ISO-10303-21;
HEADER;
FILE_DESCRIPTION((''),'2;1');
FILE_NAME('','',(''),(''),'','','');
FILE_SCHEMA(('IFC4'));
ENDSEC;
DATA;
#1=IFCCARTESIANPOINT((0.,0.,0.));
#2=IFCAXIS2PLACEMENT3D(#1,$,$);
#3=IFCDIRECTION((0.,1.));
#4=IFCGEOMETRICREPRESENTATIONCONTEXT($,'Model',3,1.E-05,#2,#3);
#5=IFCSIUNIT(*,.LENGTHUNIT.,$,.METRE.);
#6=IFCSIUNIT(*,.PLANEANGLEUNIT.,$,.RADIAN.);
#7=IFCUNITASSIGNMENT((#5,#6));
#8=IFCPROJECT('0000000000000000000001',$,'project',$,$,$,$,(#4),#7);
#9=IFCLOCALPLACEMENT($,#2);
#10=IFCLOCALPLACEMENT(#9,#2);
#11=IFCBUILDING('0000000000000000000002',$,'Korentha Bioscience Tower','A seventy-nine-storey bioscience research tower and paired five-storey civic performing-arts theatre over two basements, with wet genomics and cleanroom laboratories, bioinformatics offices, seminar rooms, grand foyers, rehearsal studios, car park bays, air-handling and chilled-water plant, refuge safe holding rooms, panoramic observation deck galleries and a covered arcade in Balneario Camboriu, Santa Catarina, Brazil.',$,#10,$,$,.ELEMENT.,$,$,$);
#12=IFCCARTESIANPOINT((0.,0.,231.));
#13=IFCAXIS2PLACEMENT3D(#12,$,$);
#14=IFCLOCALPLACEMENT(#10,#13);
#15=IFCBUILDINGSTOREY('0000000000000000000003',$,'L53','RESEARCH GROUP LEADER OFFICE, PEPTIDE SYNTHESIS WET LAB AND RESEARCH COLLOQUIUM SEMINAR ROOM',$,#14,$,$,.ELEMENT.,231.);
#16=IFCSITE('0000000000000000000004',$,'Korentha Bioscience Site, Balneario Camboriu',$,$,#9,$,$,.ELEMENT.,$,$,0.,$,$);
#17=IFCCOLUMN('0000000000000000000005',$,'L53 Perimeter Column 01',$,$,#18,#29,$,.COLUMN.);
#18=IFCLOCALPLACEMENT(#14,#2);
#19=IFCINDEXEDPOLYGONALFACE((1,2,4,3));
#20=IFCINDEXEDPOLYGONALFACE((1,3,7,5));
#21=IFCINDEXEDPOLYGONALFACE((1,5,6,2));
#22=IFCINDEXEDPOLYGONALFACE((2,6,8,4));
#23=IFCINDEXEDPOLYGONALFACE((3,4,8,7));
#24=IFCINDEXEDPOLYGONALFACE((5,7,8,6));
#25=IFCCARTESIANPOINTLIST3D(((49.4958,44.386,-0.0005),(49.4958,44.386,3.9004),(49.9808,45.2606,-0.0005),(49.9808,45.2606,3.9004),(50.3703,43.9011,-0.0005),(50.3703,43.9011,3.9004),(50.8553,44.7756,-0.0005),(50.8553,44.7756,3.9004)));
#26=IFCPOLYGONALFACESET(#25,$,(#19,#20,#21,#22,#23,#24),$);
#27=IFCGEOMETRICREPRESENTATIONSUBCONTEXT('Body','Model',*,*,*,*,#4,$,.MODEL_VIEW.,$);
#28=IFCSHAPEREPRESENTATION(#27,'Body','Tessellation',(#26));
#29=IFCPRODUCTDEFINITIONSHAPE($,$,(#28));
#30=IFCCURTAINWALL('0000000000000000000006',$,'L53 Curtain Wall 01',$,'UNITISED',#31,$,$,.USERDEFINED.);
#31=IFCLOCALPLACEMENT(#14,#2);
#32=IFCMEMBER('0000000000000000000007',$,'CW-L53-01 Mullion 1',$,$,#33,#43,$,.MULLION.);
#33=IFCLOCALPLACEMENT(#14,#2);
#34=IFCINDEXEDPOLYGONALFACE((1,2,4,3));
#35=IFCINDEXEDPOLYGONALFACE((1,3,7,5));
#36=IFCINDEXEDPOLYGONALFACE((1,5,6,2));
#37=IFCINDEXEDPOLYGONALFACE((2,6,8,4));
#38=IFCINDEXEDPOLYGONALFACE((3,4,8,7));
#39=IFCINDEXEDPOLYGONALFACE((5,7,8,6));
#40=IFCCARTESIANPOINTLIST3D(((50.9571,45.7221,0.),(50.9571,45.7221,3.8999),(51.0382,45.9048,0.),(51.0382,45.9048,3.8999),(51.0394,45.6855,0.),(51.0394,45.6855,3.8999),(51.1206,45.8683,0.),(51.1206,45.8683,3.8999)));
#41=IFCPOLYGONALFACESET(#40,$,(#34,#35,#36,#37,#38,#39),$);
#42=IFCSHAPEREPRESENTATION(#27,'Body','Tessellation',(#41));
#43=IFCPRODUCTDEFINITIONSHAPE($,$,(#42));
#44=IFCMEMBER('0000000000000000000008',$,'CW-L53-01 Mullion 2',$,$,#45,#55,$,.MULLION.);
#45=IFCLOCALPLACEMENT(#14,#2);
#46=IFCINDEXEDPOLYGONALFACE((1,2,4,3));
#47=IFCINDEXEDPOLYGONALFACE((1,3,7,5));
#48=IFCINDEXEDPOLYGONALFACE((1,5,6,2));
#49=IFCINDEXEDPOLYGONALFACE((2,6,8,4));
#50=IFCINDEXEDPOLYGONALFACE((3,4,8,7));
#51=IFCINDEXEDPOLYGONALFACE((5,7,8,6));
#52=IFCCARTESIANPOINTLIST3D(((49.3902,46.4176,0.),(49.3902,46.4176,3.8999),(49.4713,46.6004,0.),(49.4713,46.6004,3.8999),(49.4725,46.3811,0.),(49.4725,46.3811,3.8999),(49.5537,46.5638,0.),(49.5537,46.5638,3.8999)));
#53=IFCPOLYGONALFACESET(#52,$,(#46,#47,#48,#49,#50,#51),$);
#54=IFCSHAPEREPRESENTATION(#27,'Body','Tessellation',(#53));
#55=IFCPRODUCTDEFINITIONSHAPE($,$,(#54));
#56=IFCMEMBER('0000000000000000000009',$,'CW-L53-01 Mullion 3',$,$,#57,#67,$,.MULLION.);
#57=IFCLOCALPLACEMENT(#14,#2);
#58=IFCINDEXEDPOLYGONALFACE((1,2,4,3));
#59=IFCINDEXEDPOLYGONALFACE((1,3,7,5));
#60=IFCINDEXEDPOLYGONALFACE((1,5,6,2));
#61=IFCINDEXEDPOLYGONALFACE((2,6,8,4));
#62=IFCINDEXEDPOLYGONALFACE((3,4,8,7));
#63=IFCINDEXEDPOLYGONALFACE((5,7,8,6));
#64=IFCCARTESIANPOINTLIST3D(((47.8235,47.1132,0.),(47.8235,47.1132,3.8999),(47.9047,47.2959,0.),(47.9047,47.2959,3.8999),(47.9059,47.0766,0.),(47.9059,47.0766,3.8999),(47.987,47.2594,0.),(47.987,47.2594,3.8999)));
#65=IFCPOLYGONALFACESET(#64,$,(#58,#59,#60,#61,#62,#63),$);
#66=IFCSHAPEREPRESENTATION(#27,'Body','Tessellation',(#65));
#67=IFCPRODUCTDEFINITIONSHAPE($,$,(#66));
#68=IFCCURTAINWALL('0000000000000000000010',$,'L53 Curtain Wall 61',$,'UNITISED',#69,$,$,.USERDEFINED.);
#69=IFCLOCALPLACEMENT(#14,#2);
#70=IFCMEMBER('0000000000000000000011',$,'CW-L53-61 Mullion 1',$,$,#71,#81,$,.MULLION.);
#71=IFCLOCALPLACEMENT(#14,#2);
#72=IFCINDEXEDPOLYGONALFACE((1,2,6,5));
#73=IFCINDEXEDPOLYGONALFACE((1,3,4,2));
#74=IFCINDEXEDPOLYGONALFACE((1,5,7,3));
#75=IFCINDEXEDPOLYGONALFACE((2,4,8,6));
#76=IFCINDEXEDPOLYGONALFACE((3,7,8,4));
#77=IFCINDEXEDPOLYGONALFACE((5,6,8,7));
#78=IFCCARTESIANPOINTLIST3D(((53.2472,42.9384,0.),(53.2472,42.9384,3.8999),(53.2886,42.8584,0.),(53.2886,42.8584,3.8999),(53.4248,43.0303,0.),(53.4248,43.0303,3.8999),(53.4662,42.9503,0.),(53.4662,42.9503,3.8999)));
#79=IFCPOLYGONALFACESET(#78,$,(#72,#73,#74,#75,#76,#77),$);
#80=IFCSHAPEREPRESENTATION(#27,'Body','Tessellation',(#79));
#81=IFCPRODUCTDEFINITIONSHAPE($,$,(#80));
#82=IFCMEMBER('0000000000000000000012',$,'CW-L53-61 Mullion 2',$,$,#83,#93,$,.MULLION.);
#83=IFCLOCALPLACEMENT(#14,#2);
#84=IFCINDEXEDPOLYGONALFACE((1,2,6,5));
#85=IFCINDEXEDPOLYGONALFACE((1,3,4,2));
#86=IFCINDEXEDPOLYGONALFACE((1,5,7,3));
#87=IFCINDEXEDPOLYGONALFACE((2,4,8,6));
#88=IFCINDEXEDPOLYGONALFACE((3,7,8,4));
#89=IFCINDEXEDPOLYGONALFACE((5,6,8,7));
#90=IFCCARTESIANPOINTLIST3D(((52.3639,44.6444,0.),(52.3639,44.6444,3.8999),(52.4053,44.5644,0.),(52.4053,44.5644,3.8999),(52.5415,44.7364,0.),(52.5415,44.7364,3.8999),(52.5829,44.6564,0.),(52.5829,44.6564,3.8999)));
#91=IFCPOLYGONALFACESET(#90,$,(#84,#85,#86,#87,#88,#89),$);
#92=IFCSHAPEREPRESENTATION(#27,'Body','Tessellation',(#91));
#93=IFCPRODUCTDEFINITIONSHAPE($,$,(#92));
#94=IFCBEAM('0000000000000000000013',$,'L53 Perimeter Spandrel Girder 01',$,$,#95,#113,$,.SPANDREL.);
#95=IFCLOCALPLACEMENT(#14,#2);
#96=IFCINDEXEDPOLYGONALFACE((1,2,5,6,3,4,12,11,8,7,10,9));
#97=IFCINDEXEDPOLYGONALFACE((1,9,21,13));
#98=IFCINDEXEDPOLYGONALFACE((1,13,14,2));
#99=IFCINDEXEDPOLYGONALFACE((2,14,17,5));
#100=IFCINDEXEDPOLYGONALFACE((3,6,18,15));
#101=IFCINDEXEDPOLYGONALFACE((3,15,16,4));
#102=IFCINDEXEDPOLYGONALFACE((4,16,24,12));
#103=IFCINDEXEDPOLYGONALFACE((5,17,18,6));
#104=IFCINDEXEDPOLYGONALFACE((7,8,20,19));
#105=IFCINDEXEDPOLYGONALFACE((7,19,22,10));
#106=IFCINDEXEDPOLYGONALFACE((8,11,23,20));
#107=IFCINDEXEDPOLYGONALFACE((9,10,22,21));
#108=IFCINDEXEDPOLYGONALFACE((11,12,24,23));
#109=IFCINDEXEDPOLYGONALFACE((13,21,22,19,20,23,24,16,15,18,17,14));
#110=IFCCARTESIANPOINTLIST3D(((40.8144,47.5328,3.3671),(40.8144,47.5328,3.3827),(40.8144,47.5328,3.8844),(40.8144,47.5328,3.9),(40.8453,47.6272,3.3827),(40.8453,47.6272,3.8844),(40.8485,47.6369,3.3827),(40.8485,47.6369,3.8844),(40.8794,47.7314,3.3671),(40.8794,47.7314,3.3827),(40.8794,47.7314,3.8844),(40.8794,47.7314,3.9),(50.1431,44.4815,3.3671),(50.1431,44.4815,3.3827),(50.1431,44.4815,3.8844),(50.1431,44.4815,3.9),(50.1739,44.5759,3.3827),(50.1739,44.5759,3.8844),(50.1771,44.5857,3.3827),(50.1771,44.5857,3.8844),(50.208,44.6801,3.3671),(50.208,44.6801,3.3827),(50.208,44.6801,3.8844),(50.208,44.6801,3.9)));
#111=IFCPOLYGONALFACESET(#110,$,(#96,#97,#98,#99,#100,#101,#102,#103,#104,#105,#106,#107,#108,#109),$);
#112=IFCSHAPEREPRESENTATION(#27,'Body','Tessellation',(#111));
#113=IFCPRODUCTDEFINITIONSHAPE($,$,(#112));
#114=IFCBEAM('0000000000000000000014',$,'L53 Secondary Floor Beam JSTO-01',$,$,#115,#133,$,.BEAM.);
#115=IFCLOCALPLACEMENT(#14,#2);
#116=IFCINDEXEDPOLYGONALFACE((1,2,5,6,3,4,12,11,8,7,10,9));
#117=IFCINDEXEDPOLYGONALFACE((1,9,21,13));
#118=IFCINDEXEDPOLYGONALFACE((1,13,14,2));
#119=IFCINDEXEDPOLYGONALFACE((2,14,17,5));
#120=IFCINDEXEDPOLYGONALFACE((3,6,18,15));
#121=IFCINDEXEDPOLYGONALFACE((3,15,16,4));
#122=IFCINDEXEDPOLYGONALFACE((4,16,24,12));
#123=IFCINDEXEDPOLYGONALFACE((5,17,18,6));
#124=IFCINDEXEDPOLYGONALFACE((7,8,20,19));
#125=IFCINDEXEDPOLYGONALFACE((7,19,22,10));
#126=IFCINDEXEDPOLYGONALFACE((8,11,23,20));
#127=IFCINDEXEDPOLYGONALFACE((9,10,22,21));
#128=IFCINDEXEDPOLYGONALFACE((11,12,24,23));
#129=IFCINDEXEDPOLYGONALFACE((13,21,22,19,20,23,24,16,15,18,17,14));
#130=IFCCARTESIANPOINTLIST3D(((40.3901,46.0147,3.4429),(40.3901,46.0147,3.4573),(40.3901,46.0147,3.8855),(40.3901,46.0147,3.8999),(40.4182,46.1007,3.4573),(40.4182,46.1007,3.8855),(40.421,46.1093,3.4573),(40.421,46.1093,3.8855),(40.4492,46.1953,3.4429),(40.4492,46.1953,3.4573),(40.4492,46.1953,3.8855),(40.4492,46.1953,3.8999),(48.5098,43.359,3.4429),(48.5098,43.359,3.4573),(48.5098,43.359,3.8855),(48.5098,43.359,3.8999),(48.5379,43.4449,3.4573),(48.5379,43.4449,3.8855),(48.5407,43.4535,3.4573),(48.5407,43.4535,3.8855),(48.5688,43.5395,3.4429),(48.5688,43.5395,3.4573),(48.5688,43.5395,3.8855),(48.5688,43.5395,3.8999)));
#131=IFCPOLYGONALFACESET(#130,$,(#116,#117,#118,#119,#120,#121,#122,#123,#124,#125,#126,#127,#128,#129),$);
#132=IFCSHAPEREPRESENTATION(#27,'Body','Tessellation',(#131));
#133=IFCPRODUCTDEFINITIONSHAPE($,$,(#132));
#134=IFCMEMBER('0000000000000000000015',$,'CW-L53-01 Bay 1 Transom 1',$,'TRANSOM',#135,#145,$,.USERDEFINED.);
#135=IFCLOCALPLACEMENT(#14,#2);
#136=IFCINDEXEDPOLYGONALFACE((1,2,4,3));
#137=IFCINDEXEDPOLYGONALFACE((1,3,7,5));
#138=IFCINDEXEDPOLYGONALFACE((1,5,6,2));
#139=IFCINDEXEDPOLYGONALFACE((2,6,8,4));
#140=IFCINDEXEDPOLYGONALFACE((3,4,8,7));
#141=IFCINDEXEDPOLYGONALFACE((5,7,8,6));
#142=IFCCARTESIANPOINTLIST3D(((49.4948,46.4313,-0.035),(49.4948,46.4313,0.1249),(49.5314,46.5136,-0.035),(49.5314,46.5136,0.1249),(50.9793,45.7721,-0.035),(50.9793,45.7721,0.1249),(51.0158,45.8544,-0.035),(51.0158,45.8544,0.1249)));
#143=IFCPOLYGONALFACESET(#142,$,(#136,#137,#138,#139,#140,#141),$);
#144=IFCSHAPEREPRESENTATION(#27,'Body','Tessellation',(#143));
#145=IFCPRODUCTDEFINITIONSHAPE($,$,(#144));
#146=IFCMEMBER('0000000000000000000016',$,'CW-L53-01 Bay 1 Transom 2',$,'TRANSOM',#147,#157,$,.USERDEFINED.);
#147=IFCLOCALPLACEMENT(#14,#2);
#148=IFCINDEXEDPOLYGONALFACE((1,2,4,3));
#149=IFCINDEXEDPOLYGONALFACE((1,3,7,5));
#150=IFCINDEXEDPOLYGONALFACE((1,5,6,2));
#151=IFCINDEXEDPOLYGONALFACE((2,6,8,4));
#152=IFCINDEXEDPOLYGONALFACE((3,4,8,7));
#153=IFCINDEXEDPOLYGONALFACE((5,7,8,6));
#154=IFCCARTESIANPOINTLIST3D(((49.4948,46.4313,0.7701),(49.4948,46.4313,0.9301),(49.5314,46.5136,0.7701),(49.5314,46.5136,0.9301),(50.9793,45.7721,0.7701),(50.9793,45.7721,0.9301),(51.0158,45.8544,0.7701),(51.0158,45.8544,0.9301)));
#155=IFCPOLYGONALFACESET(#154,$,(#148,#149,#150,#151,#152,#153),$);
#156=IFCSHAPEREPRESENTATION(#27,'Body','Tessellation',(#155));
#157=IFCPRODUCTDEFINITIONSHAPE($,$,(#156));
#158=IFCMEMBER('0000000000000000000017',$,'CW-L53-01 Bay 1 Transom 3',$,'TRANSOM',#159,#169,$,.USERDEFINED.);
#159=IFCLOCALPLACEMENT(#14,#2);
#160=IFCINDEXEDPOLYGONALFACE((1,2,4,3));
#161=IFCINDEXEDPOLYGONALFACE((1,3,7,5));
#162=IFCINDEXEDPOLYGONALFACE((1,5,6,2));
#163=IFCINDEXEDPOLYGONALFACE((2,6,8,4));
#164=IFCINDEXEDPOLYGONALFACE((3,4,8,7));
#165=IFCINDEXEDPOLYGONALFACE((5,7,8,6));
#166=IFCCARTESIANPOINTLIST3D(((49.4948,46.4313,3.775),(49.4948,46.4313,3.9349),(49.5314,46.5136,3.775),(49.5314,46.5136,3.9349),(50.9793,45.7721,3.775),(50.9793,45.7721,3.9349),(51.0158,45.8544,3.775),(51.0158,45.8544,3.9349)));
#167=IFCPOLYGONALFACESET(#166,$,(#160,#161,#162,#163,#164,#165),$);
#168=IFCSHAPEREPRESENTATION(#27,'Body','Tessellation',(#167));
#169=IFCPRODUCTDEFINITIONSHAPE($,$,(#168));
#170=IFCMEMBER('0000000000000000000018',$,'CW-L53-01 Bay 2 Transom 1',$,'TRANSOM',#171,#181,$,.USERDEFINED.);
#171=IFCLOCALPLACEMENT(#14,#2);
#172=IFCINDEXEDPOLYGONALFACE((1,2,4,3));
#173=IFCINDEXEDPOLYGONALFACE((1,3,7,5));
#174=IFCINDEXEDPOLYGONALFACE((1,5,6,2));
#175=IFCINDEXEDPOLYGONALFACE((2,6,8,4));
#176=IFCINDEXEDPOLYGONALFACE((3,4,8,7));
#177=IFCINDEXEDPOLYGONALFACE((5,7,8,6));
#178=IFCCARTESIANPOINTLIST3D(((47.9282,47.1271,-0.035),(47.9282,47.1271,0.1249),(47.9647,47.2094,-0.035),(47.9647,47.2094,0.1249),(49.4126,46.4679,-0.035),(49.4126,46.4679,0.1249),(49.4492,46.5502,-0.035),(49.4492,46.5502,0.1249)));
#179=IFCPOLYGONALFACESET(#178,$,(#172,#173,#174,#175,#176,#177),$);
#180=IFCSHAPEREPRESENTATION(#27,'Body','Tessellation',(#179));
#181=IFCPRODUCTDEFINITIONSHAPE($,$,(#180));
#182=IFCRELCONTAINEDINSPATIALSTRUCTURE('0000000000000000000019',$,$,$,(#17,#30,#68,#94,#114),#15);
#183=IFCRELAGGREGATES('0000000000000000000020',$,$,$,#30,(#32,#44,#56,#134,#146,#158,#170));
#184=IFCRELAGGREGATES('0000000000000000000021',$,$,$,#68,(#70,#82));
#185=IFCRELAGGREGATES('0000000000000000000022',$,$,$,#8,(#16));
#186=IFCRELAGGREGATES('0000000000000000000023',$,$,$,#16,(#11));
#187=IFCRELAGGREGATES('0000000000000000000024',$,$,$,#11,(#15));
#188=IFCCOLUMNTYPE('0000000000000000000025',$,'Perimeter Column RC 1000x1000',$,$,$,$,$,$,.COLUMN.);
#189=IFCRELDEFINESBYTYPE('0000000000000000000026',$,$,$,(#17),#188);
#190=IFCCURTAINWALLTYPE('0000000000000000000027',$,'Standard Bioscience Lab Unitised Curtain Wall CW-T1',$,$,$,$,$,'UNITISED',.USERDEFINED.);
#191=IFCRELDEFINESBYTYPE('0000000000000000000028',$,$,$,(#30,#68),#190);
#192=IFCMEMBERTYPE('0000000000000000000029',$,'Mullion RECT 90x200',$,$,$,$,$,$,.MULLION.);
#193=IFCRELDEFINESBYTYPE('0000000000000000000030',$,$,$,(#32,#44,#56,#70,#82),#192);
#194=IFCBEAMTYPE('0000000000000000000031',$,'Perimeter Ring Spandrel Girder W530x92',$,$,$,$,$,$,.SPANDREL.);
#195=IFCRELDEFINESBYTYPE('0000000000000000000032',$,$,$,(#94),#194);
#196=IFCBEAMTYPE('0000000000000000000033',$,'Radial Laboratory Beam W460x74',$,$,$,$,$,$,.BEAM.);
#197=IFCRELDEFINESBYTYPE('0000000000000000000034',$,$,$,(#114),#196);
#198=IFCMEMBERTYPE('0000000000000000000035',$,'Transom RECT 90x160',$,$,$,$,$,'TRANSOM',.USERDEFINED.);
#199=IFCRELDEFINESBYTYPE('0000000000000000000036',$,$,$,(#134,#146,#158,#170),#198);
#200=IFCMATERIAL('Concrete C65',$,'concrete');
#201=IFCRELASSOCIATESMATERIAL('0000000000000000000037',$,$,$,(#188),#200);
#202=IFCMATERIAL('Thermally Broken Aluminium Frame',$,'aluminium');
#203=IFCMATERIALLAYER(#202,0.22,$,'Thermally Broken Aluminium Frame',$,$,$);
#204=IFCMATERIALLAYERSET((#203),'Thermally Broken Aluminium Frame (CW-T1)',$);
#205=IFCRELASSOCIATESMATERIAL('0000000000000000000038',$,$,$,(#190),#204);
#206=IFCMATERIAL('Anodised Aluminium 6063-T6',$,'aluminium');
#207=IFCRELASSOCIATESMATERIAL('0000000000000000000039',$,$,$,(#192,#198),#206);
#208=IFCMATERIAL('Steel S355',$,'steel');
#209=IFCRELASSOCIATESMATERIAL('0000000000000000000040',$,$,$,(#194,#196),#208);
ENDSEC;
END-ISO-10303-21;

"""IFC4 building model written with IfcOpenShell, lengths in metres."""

from ifc_helpers import new_model, si_unit, direction, frame, origin, origin_2d, place, context, subcontext, project, spatial, rectangle, i_section, extrude, material, layer, layer_set, material_profile, profile_set, type_object, element, aggregate, save


model = new_model("IFC4")

# Units and contexts
model_context = context("Model", 3, precision=1e-05, world=origin(), true_north=direction((0.0, 1.0)))
body_context = subcontext(model_context, "Body", "Model", "MODEL_VIEW")
ifc_project = project(units=[si_unit("LENGTHUNIT", "METRE"), si_unit("PLANEANGLEUNIT", "RADIAN")], contexts=[model_context])

# Site, building, storey
site_placement = place(None, origin())
site = spatial("IfcSite", under=ifc_project, at=site_placement, Name="Korentha Bioscience Site, Balneario Camboriu", CompositionType="ELEMENT", RefElevation=0.0)
building_placement = place(site_placement, origin())
building = spatial("IfcBuilding", under=site, at=building_placement, Name="Korentha Bioscience Tower", Description="A seventy-nine-storey bioscience research tower and paired five-storey civic performing-arts theatre over two basements, with wet genomics and cleanroom laboratories, bioinformatics offices, seminar rooms, grand foyers, rehearsal studios, car park bays, air-handling and chilled-water plant, refuge safe holding rooms, panoramic observation deck galleries and a covered arcade in Balneario Camboriu, Santa Catarina, Brazil.", CompositionType="ELEMENT")
storey_placement = place(building_placement, frame((0.0, 0.0, 231.0)))
storey = spatial("IfcBuildingStorey", under=building, at=storey_placement, Name="L53", Description="RESEARCH GROUP LEADER OFFICE, PEPTIDE SYNTHESIS WET LAB AND RESEARCH COLLOQUIUM SEMINAR ROOM", CompositionType="ELEMENT", Elevation=231.0)

# Column
ifc_material_1 = material(Name="Concrete C65", Category="concrete")
ifc_material_profile_1 = material_profile(ifc_material_1, rectangle(XDim=1.0, YDim=1.0, at=origin_2d()), Name="Concrete C65")
ifc_profile_set_1 = profile_set([ifc_material_profile_1], Name="Concrete C65 (COL-P10)")
column_type = type_object("IfcColumnType", Name="Perimeter Column RC 1000x1000", PredefinedType="COLUMN", material=ifc_profile_set_1)
column_placement = place(storey_placement, frame((50.1755, 44.5808, -0.0005), z_axis=(0.0, 0.0, 1.0), x_axis=(-0.874535, 0.484962, 0.0)))
element("IfcColumn", 1, at=column_placement, inside=storey, type_object=column_type, Name="L53 Perimeter Column 01", PredefinedType="COLUMN", context=body_context, shape_type="SweptSolid", body=[
    extrude(rectangle(XDim=1.0, YDim=1.0, at=origin_2d()), origin(), (0.0, 0.0, 1.0), 3.9009),
])

# Curtain walls, members
ifc_material_2 = material(Name="Thermally Broken Aluminium Frame", Category="aluminium")
ifc_layer_1 = layer(ifc_material_2, 0.22, Name="Thermally Broken Aluminium Frame")
ifc_layer_set_1 = layer_set([ifc_layer_1], Name="Thermally Broken Aluminium Frame (CW-T1)")
curtain_wall_type = type_object("IfcCurtainWallType", Name="Standard Bioscience Lab Unitised Curtain Wall CW-T1", ElementType="UNITISED", PredefinedType="USERDEFINED", material=ifc_layer_set_1)
curtain_wall_1_placement = place(storey_placement, origin())
curtain_wall_1 = element("IfcCurtainWall", 2, at=curtain_wall_1_placement, inside=storey, type_object=curtain_wall_type, Name="L53 Curtain Wall 01", ObjectType="UNITISED", PredefinedType="USERDEFINED")
ifc_material_3 = material(Name="Anodised Aluminium 6063-T6", Category="aluminium")
ifc_material_profile_2 = material_profile(ifc_material_3, rectangle(XDim=0.0901, YDim=0.2, at=origin_2d()), Name="Anodised Aluminium 6063-T6")
ifc_profile_set_2 = profile_set([ifc_material_profile_2], Name="Anodised Aluminium 6063-T6 (CW-MUL)")
member_type_1 = type_object("IfcMemberType", Name="Mullion RECT 90x200", PredefinedType="MULLION", material=ifc_profile_set_2)
member_1_placement = place(storey_placement, frame((51.0388, 45.7952, 0.0), z_axis=(0.0, 0.0, 1.0), x_axis=(-0.913944, 0.40584, 0.0)))
member_1 = element("IfcMember", 3, at=member_1_placement, type_object=member_type_1, Name="CW-L53-01 Mullion 1", PredefinedType="MULLION", context=body_context, shape_type="SweptSolid", body=[
    extrude(rectangle(XDim=0.0901, YDim=0.2, at=origin_2d()), origin(), (0.0, 0.0, 1.0), 3.8999),
])
member_2_placement = place(storey_placement, frame((49.4719, 46.4907, 0.0), z_axis=(0.0, 0.0, 1.0), x_axis=(-0.913944, 0.40584, 0.0)))
member_2 = element("IfcMember", 4, at=member_2_placement, type_object=member_type_1, Name="CW-L53-01 Mullion 2", PredefinedType="MULLION", context=body_context, shape_type="SweptSolid", body=[
    extrude(rectangle(XDim=0.0901, YDim=0.2, at=origin_2d()), origin(), (0.0, 0.0, 1.0), 3.8999),
])
member_3_placement = place(storey_placement, frame((47.9053, 47.1863, 0.0), z_axis=(0.0, 0.0, 1.0), x_axis=(-0.913944, 0.40584, 0.0)))
member_3 = element("IfcMember", 5, at=member_3_placement, type_object=member_type_1, Name="CW-L53-01 Mullion 3", PredefinedType="MULLION", context=body_context, shape_type="SweptSolid", body=[
    extrude(rectangle(XDim=0.0901, YDim=0.2, at=origin_2d()), origin(), (0.0, 0.0, 1.0), 3.8999),
])
curtain_wall_2_placement = place(storey_placement, origin())
curtain_wall_2 = element("IfcCurtainWall", 6, at=curtain_wall_2_placement, inside=storey, type_object=curtain_wall_type, Name="L53 Curtain Wall 61", ObjectType="UNITISED", PredefinedType="USERDEFINED")
member_4_placement = place(storey_placement, frame((53.3567, 42.9443, 0.0), z_axis=(0.0, 0.0, 1.0), x_axis=(-0.459738, 0.888055, 0.0)))
member_4 = element("IfcMember", 7, at=member_4_placement, type_object=member_type_1, Name="CW-L53-61 Mullion 1", PredefinedType="MULLION", context=body_context, shape_type="SweptSolid", body=[
    extrude(rectangle(XDim=0.0901, YDim=0.2, at=origin_2d()), origin(), (0.0, 0.0, 1.0), 3.8999),
])
member_5_placement = place(storey_placement, frame((52.4734, 44.6504, 0.0), z_axis=(0.0, 0.0, 1.0), x_axis=(-0.459738, 0.888055, 0.0)))
member_5 = element("IfcMember", 8, at=member_5_placement, type_object=member_type_1, Name="CW-L53-61 Mullion 2", PredefinedType="MULLION", context=body_context, shape_type="SweptSolid", body=[
    extrude(rectangle(XDim=0.0901, YDim=0.2, at=origin_2d()), origin(), (0.0, 0.0, 1.0), 3.8999),
])

# Beams
ifc_material_4 = material(Name="Steel S355", Category="steel")
ifc_material_profile_3 = material_profile(ifc_material_4, i_section(OverallWidth=0.209, OverallDepth=0.533, WebThickness=0.0103, FlangeThickness=0.0156, at=origin_2d()), Name="Steel S355")
ifc_profile_set_3 = profile_set([ifc_material_profile_3], Name="Steel S355 (SB-530)")
beam_type_1 = type_object("IfcBeamType", Name="Perimeter Ring Spandrel Girder W530x92", PredefinedType="SPANDREL", material=ifc_profile_set_3)
beam_1_placement = place(storey_placement, frame((50.1755, 44.5808, 3.6335), z_axis=(-0.950449, 0.31088, 0.0), x_axis=(-0.31088, -0.950449, 0.0)))
element("IfcBeam", 9, at=beam_1_placement, inside=storey, type_object=beam_type_1, Name="L53 Perimeter Spandrel Girder 01", PredefinedType="SPANDREL", context=body_context, shape_type="SweptSolid", body=[
    extrude(i_section(OverallWidth=0.209, OverallDepth=0.533, WebThickness=0.0103, FlangeThickness=0.0156, at=origin_2d()), origin(), (0.0, 0.0, 1.0), 9.8149),
])
ifc_material_profile_4 = material_profile(ifc_material_4, i_section(OverallWidth=0.1899, OverallDepth=0.457, WebThickness=0.009, FlangeThickness=0.0144, at=origin_2d()), Name="Steel S355")
ifc_profile_set_4 = profile_set([ifc_material_profile_4], Name="Steel S355 (RB-460)")
beam_type_2 = type_object("IfcBeamType", Name="Radial Laboratory Beam W460x74", PredefinedType="BEAM", material=ifc_profile_set_4)
beam_2_placement = place(storey_placement, frame((48.5393, 43.4492, 3.6714), z_axis=(-0.950451, 0.310873, 0.0), x_axis=(-0.310873, -0.950451, 0.0)))
element("IfcBeam", 10, at=beam_2_placement, inside=storey, type_object=beam_type_2, Name="L53 Secondary Floor Beam JSTO-01", PredefinedType="BEAM", context=body_context, shape_type="SweptSolid", body=[
    extrude(i_section(OverallWidth=0.1899, OverallDepth=0.457, WebThickness=0.009, FlangeThickness=0.0144, at=origin_2d()), origin(), (0.0, 0.0, 1.0), 8.543),
])

# Members
ifc_material_profile_5 = material_profile(ifc_material_3, rectangle(XDim=0.0901, YDim=0.1599, at=origin_2d()), Name="Anodised Aluminium 6063-T6")
ifc_profile_set_5 = profile_set([ifc_material_profile_5], Name="Anodised Aluminium 6063-T6 (CW-TRN)")
member_type_2 = type_object("IfcMemberType", Name="Transom RECT 90x160", ElementType="TRANSOM", PredefinedType="USERDEFINED", material=ifc_profile_set_5)
member_6_placement = place(storey_placement, frame((50.9976, 45.8132, 0.0449), z_axis=(-0.913935, 0.40586, 0.0), x_axis=(-0.40586, -0.913935, 0.0)))
member_6 = element("IfcMember", 11, at=member_6_placement, type_object=member_type_2, Name="CW-L53-01 Bay 1 Transom 1", ObjectType="TRANSOM", PredefinedType="USERDEFINED", context=body_context, shape_type="SweptSolid", body=[
    extrude(rectangle(XDim=0.0901, YDim=0.1599, at=origin_2d()), origin(), (0.0, 0.0, 1.0), 1.6243),
])
member_7_placement = place(storey_placement, frame((50.9976, 45.8132, 0.8501), z_axis=(-0.913935, 0.40586, 0.0), x_axis=(-0.40586, -0.913935, 0.0)))
member_7 = element("IfcMember", 12, at=member_7_placement, type_object=member_type_2, Name="CW-L53-01 Bay 1 Transom 2", ObjectType="TRANSOM", PredefinedType="USERDEFINED", context=body_context, shape_type="SweptSolid", body=[
    extrude(rectangle(XDim=0.0901, YDim=0.1599, at=origin_2d()), origin(), (0.0, 0.0, 1.0), 1.6243),
])
member_8_placement = place(storey_placement, frame((50.9976, 45.8132, 3.855), z_axis=(-0.913935, 0.40586, 0.0), x_axis=(-0.40586, -0.913935, 0.0)))
member_8 = element("IfcMember", 13, at=member_8_placement, type_object=member_type_2, Name="CW-L53-01 Bay 1 Transom 3", ObjectType="TRANSOM", PredefinedType="USERDEFINED", context=body_context, shape_type="SweptSolid", body=[
    extrude(rectangle(XDim=0.0901, YDim=0.1599, at=origin_2d()), origin(), (0.0, 0.0, 1.0), 1.6243),
])
member_9_placement = place(storey_placement, frame((49.4309, 46.509, 0.0449), z_axis=(-0.913935, 0.40586, 0.0), x_axis=(-0.40586, -0.913935, 0.0)))
member_9 = element("IfcMember", 14, at=member_9_placement, type_object=member_type_2, Name="CW-L53-01 Bay 2 Transom 1", ObjectType="TRANSOM", PredefinedType="USERDEFINED", context=body_context, shape_type="SweptSolid", body=[
    extrude(rectangle(XDim=0.0901, YDim=0.1599, at=origin_2d()), origin(), (0.0, 0.0, 1.0), 1.6243),
])

aggregate(curtain_wall_1, [member_1, member_2, member_3, member_6, member_7, member_8, member_9])
aggregate(curtain_wall_2, [member_4, member_5])

save(model, "model.ifc")
